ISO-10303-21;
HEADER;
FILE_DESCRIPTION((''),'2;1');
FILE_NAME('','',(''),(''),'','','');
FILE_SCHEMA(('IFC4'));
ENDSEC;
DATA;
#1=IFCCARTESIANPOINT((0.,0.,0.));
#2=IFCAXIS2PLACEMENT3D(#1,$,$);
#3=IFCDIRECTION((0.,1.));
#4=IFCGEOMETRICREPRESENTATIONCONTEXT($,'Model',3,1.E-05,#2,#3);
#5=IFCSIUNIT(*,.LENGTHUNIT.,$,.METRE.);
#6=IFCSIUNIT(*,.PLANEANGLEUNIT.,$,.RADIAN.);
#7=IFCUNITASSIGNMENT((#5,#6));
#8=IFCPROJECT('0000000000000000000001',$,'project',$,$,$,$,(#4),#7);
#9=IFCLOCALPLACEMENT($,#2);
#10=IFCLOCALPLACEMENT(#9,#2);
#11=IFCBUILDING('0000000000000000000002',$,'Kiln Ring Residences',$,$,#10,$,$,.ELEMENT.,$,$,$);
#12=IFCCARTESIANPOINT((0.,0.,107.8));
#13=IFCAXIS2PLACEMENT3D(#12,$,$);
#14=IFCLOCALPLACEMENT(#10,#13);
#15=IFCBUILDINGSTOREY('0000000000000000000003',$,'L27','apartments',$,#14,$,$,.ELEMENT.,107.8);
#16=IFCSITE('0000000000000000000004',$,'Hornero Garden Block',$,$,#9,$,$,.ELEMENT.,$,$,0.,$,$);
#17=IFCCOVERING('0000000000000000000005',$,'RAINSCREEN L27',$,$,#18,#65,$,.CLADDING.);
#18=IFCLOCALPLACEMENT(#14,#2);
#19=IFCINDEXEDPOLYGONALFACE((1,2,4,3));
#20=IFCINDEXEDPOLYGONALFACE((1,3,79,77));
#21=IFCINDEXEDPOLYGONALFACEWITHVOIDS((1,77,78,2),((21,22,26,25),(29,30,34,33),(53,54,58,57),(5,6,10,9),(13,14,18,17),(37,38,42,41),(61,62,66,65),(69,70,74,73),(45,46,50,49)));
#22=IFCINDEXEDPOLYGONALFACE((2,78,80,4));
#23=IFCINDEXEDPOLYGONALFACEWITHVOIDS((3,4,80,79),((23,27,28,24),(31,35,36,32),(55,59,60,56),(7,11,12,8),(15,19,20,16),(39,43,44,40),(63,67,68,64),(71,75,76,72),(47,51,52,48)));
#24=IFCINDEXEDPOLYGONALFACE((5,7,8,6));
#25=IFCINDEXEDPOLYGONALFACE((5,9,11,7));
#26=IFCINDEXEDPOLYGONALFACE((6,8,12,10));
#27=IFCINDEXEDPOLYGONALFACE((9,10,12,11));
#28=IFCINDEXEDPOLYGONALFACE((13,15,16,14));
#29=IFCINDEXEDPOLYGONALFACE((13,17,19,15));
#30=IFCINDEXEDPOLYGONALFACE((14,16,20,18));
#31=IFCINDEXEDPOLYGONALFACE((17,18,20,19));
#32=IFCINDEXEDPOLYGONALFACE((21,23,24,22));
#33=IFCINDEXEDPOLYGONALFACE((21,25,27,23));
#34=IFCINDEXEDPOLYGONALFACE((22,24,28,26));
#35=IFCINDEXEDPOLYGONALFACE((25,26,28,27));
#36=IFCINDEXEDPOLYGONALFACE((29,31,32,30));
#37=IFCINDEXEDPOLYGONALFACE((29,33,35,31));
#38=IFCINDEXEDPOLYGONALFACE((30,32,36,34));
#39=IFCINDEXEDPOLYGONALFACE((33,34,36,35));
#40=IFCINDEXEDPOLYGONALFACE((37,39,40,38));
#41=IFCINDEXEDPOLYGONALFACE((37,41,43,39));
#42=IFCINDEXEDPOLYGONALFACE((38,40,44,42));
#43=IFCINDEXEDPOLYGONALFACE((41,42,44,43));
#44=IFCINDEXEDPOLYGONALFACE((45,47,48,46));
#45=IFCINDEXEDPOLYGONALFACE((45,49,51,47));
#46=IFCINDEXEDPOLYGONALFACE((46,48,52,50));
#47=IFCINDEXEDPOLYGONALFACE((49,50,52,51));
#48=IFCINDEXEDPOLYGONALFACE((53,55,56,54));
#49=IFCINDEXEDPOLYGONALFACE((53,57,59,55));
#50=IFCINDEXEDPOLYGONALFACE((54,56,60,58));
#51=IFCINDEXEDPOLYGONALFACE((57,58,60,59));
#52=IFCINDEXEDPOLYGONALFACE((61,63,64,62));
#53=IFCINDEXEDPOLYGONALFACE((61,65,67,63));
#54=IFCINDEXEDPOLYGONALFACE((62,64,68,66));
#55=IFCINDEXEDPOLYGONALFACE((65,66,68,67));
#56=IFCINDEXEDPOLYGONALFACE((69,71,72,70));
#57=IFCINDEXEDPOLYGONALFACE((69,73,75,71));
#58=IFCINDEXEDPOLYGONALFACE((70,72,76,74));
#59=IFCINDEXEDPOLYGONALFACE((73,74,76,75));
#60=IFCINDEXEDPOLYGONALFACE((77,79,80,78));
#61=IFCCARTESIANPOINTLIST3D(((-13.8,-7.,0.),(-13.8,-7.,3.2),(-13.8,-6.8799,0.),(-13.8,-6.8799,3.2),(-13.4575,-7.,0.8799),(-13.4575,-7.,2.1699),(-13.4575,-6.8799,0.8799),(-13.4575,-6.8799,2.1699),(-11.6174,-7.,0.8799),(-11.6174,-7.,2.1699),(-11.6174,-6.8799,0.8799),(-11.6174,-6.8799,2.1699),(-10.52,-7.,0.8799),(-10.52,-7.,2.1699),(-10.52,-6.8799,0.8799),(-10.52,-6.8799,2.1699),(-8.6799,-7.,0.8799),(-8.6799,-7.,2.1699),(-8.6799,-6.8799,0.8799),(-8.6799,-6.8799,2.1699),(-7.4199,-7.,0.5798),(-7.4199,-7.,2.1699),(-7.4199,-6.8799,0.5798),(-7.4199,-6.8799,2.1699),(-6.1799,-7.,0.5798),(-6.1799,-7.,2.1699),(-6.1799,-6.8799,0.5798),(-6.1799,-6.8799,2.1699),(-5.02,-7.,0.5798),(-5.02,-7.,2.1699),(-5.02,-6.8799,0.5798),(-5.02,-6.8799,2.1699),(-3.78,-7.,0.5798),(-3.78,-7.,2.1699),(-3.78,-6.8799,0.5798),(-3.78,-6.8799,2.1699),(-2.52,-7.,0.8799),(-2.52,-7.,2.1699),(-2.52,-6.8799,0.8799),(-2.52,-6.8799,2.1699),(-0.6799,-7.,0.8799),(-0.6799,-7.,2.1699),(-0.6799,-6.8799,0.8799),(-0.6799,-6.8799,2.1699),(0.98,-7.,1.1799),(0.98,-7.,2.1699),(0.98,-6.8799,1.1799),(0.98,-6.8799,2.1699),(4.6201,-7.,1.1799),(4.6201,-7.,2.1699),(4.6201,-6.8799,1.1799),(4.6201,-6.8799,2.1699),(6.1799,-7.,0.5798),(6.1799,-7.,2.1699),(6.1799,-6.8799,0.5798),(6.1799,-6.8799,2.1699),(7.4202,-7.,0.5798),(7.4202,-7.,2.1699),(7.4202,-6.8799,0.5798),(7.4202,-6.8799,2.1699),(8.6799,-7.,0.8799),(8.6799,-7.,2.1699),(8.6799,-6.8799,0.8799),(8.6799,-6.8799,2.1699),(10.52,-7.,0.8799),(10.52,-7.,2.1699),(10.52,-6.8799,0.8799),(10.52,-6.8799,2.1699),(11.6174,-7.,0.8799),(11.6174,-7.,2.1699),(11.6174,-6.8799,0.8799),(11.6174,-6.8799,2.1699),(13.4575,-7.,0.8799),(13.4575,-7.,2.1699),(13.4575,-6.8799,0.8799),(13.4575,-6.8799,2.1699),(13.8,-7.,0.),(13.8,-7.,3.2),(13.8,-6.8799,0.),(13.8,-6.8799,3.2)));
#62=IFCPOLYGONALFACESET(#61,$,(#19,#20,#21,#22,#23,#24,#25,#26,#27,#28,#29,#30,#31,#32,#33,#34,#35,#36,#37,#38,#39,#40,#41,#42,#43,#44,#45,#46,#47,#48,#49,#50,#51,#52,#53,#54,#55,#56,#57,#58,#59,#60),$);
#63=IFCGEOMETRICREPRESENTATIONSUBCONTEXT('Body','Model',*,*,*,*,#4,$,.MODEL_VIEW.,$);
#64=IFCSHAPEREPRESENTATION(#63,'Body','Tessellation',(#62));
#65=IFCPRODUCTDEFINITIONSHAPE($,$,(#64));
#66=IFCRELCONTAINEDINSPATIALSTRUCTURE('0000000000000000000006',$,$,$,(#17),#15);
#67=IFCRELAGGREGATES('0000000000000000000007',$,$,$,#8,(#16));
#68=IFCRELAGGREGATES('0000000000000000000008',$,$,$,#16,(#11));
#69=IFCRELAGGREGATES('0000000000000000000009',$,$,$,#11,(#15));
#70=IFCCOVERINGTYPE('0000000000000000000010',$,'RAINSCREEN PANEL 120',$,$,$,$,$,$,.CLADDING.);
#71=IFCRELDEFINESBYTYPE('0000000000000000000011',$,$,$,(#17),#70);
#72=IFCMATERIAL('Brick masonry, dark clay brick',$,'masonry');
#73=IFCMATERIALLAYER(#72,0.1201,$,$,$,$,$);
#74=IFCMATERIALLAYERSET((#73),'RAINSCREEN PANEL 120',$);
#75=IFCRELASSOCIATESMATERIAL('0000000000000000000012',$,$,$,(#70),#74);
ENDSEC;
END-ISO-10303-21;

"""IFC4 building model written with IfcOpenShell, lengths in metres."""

from ifc_helpers import new_model, si_unit, direction, frame, origin, place, context, subcontext, project, spatial, polyline, outline, extrude, material, layer, layer_set, type_object, element, save


model = new_model("IFC4")

# Units and contexts
model_context = context("Model", 3, precision=1e-05, world=origin(), true_north=direction((0.0, 1.0)))
body_context = subcontext(model_context, "Body", "Model", "MODEL_VIEW")
ifc_project = project(units=[si_unit("LENGTHUNIT", "METRE"), si_unit("PLANEANGLEUNIT", "RADIAN")], contexts=[model_context])

# Site, building, storey
site_placement = place(None, origin())
site = spatial("IfcSite", under=ifc_project, at=site_placement, Name="Hornero Garden Block", CompositionType="ELEMENT", RefElevation=0.0)
building_placement = place(site_placement, origin())
building = spatial("IfcBuilding", under=site, at=building_placement, Name="Kiln Ring Residences", CompositionType="ELEMENT")
storey_placement = place(building_placement, frame((0.0, 0.0, 107.8)))
storey = spatial("IfcBuildingStorey", under=building, at=storey_placement, Name="L27", Description="apartments", CompositionType="ELEMENT", Elevation=107.8)

# Covering
ifc_material_1 = material(Name="Brick masonry, dark clay brick", Category="masonry")
ifc_layer_1 = layer(ifc_material_1, 0.1201)
ifc_layer_set_1 = layer_set([ifc_layer_1], Name="RAINSCREEN PANEL 120")
covering_type_1 = type_object("IfcCoveringType", Name="RAINSCREEN PANEL 120", PredefinedType="CLADDING", material=ifc_layer_set_1)
covering_1_placement = place(storey_placement, frame((13.8, -6.9399, 0.0), z_axis=(0.0, 0.0, 1.0), x_axis=(-1.0, 0.0, 0.0)))
element("IfcCovering", 1, at=covering_1_placement, inside=storey, type_object=covering_type_1, Name="RAINSCREEN L27", PredefinedType="CLADDING", context=body_context, shape_type="SweptSolid", body=[
    extrude(outline(polyline([(0.0, 0.0), (27.6001, 0.0), (27.6001, 3.2), (0.0, 3.2), (0.0, 0.0)]), holes=[polyline([(6.3799, 0.5798), (7.6201, 0.5798), (7.6201, 2.1699), (6.3799, 2.1699), (6.3799, 0.5798)]), polyline([(17.5801, 0.5798), (18.8201, 0.5798), (18.8201, 2.1699), (17.5801, 2.1699), (17.5801, 0.5798)]), polyline([(19.98, 0.5798), (21.22, 0.5798), (21.22, 2.1699), (19.98, 2.1699), (19.98, 0.5798)]), polyline([(0.3425, 0.8799), (2.1826, 0.8799), (2.1826, 2.1699), (0.3425, 2.1699), (0.3425, 0.8799)]), polyline([(3.28, 0.8799), (5.1201, 0.8799), (5.1201, 2.1699), (3.28, 2.1699), (3.28, 0.8799)]), polyline([(14.48, 0.8799), (16.3201, 0.8799), (16.3201, 2.1699), (14.48, 2.1699), (14.48, 0.8799)]), polyline([(22.48, 0.8799), (24.3201, 0.8799), (24.3201, 2.1699), (22.48, 2.1699), (22.48, 0.8799)]), polyline([(25.4175, 2.1699), (25.4175, 0.8799), (27.2576, 0.8799), (27.2576, 2.1699), (25.4175, 2.1699)]), polyline([(9.1799, 2.1699), (9.1799, 1.1799), (12.8201, 1.1799), (12.8201, 2.1699), (9.1799, 2.1699)])]), frame((0.0, 0.0601, 0.0), z_axis=(0.0, -1.0, 0.0), x_axis=(1.0, 0.0, 0.0)), (0.0, 0.0, 1.0), 0.1201),
])

save(model, "model.ifc")
